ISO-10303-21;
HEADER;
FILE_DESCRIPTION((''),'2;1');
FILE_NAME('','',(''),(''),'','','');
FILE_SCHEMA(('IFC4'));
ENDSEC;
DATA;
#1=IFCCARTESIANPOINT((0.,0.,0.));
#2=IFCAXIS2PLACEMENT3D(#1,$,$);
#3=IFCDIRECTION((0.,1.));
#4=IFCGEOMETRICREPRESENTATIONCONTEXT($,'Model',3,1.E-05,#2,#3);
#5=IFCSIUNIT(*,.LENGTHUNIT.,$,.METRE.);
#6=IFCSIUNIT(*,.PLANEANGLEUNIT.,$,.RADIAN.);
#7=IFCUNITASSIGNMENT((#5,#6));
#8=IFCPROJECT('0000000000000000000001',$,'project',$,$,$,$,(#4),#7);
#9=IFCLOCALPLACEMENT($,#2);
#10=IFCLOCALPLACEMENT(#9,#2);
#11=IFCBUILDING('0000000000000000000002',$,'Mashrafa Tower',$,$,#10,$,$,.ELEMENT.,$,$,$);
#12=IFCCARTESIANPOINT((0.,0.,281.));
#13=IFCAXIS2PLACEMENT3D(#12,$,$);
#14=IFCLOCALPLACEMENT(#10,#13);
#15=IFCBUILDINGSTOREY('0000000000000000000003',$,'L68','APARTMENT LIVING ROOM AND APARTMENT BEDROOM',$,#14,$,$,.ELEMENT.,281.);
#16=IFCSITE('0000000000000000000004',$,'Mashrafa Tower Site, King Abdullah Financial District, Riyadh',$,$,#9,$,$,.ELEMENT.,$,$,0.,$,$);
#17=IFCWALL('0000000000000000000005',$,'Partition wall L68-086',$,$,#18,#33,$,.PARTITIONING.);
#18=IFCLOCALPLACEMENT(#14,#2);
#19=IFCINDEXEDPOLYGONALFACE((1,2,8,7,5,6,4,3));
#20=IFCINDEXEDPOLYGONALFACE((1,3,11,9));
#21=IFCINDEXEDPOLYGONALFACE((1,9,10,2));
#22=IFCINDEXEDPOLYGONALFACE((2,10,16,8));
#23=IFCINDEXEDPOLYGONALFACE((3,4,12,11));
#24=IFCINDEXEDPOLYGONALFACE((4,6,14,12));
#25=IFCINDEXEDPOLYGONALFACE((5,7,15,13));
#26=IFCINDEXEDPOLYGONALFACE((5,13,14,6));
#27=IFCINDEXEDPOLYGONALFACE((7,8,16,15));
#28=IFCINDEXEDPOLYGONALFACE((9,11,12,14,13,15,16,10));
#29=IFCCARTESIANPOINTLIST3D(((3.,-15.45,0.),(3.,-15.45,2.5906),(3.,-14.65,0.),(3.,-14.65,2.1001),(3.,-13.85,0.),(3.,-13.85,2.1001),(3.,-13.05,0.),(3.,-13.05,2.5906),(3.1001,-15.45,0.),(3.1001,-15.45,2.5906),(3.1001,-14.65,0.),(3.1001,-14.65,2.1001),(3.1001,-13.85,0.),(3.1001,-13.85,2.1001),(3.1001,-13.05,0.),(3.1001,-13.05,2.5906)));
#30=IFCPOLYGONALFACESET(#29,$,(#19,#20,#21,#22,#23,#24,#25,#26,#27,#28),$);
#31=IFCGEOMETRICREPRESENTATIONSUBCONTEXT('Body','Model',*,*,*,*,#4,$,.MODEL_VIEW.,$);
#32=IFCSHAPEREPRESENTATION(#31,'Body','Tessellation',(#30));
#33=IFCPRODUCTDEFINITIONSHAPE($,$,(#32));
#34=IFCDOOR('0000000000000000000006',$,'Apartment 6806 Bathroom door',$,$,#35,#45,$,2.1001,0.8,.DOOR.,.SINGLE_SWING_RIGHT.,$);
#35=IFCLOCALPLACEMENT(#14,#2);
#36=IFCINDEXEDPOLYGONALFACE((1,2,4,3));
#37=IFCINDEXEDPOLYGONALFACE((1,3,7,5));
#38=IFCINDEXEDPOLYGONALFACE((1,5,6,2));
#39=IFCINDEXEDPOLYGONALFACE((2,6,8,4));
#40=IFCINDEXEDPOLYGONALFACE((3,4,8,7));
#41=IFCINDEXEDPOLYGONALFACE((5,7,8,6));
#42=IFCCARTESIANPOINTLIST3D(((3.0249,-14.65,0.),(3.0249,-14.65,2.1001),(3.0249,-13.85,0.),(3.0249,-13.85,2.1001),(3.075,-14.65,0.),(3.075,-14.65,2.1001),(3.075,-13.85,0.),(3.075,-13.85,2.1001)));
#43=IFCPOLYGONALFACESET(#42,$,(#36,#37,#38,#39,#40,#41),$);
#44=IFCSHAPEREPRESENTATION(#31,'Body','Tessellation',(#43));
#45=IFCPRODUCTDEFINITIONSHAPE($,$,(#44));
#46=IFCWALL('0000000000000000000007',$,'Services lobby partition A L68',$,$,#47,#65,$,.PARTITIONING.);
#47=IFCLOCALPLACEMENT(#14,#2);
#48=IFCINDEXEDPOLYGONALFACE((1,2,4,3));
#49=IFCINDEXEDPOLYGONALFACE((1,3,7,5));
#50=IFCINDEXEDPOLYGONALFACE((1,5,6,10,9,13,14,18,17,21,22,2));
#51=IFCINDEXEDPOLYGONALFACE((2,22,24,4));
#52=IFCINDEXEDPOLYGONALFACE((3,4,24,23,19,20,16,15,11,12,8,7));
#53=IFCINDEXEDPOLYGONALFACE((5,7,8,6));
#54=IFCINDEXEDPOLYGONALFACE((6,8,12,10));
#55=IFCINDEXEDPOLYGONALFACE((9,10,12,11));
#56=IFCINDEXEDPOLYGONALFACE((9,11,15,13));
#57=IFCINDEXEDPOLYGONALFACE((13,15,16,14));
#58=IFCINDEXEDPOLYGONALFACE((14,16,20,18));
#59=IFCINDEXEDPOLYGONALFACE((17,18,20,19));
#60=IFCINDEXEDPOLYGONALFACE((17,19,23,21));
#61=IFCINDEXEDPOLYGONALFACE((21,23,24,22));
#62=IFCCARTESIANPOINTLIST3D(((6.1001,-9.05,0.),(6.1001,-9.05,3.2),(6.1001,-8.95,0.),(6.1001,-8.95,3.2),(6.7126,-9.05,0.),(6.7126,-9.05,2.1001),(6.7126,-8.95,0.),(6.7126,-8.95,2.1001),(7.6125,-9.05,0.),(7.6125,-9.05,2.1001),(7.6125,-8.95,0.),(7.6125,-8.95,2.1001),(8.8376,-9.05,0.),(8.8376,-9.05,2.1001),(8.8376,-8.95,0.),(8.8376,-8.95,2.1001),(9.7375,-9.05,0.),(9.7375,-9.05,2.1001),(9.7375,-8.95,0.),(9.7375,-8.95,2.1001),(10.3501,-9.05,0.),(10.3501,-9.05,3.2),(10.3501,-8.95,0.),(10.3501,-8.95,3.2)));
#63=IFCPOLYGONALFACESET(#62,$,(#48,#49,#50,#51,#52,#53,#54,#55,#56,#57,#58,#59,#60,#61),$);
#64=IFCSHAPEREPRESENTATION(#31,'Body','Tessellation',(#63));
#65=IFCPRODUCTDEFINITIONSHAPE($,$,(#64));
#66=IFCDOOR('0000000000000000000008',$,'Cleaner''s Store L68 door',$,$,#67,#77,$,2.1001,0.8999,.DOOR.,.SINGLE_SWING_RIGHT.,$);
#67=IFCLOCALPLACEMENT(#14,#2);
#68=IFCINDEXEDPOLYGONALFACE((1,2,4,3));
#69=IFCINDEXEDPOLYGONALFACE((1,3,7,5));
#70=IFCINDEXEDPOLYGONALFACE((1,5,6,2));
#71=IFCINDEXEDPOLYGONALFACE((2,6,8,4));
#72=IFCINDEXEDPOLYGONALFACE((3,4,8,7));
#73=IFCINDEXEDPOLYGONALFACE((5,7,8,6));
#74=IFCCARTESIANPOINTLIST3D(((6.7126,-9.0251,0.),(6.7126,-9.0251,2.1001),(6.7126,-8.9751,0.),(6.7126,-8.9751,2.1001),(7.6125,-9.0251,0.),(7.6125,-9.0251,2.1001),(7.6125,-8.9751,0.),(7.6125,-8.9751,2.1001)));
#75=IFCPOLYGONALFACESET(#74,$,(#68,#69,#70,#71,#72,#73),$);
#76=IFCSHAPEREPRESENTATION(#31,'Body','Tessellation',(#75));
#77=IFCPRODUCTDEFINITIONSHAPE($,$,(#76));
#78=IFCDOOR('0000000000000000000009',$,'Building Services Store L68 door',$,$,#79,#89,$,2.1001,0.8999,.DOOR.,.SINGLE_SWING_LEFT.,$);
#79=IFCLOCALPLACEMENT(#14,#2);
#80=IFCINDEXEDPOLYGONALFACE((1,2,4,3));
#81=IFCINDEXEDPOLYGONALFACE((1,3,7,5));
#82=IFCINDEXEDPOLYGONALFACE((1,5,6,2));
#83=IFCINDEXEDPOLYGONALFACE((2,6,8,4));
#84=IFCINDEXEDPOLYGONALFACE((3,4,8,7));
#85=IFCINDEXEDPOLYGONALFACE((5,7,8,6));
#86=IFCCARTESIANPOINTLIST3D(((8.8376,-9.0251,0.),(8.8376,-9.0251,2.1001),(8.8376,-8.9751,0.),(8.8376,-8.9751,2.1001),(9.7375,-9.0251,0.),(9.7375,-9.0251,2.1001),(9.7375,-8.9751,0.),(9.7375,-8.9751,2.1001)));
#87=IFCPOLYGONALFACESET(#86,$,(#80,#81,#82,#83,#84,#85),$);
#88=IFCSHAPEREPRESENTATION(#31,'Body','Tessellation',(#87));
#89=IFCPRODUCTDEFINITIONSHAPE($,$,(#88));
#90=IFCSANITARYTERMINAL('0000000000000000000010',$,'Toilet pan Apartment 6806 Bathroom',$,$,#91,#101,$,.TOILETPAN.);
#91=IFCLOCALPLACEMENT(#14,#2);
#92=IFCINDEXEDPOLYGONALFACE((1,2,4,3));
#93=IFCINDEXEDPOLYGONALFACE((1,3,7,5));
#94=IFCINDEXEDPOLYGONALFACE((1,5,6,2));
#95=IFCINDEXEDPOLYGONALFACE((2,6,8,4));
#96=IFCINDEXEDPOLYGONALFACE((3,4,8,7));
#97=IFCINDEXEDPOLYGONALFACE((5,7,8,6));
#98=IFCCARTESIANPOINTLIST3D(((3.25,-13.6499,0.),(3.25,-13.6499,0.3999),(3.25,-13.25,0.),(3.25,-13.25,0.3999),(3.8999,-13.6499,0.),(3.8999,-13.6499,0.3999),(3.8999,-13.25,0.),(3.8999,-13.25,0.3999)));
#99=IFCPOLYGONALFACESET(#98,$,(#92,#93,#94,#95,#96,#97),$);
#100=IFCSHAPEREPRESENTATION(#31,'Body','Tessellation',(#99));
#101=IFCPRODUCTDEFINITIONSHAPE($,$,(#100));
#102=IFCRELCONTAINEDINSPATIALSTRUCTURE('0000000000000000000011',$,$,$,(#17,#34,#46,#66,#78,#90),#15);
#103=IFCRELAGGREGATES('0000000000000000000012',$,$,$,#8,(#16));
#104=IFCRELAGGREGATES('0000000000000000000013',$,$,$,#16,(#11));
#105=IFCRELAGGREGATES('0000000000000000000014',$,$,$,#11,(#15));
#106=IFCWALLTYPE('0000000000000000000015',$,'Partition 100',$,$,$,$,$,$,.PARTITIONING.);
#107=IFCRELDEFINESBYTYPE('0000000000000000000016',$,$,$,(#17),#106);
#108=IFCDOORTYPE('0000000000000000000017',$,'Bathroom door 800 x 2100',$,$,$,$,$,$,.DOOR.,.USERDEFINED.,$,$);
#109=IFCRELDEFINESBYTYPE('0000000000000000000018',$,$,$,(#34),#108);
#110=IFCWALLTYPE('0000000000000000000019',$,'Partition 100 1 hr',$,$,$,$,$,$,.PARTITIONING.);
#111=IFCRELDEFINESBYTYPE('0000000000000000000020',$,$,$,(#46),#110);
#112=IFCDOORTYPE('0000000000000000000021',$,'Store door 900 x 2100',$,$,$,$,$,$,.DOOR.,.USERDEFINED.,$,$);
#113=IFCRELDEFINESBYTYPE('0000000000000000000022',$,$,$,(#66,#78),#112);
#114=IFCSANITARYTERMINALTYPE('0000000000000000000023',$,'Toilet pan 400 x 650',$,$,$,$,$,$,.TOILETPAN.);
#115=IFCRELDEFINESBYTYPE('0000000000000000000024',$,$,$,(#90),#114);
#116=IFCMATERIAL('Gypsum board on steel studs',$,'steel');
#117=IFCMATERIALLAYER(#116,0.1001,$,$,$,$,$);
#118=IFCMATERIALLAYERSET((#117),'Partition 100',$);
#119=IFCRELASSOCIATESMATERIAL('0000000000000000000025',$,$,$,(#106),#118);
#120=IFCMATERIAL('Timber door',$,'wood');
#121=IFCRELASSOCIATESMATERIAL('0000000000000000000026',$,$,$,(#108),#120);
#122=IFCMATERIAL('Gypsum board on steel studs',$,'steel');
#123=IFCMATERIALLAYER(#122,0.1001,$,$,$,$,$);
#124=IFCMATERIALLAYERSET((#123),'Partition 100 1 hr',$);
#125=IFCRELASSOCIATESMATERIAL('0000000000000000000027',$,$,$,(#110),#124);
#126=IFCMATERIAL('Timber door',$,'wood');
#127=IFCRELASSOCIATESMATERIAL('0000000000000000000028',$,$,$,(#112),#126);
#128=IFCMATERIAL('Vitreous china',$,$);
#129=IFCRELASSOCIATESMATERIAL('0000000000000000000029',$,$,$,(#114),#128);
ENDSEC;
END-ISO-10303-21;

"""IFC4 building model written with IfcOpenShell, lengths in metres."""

from ifc_helpers import new_model, si_unit, direction, frame, frame_2d, origin, origin_2d, place, context, subcontext, project, spatial, rectangle, extrude, material, layer, layer_set, type_object, element, fill, save


model = new_model("IFC4")

# Units and contexts
model_context = context("Model", 3, precision=1e-05, world=origin(), true_north=direction((0.0, 1.0)))
body_context = subcontext(model_context, "Body", "Model", "MODEL_VIEW")
ifc_project = project(units=[si_unit("LENGTHUNIT", "METRE"), si_unit("PLANEANGLEUNIT", "RADIAN")], contexts=[model_context])

# Site, building, storey
site_placement = place(None, origin())
site = spatial("IfcSite", under=ifc_project, at=site_placement, Name="Mashrafa Tower Site, King Abdullah Financial District, Riyadh", CompositionType="ELEMENT", RefElevation=0.0)
building_placement = place(site_placement, origin())
building = spatial("IfcBuilding", under=site, at=building_placement, Name="Mashrafa Tower", CompositionType="ELEMENT")
storey_placement = place(building_placement, frame((0.0, 0.0, 281.0)))
storey = spatial("IfcBuildingStorey", under=building, at=storey_placement, Name="L68", Description="APARTMENT LIVING ROOM AND APARTMENT BEDROOM", CompositionType="ELEMENT", Elevation=281.0)

# Shared definitions
ifc_material_1 = material(Name="Gypsum board on steel studs", Category="steel")
ifc_layer_1 = layer(ifc_material_1, 0.1001)
ifc_layer_set_1 = layer_set([ifc_layer_1], Name="Partition 100")
wall_type_1 = type_object("IfcWallType", Name="Partition 100", PredefinedType="PARTITIONING", material=ifc_layer_set_1)

# Wall, opening, door
wall_1_placement = place(storey_placement, frame((3.05, -13.05, 0.0), z_axis=(0.0, 0.0, 1.0), x_axis=(0.0, -1.0, 0.0)))
wall_1 = element("IfcWall", 1, at=wall_1_placement, inside=storey, type_object=wall_type_1, Name="Partition wall L68-086", PredefinedType="PARTITIONING", context=body_context, shape_type="SweptSolid", body=[
    extrude(rectangle(XDim=2.3999, YDim=0.1001, at=frame_2d((1.2, 0.0))), origin(), (0.0, 0.0, 1.0), 2.5906),
])
opening_1_placement = place(wall_1_placement, frame((0.8, 0.0, 0.0)))
opening_1 = element("IfcOpeningElement", 2, at=opening_1_placement, cuts=wall_1, PredefinedType="OPENING", context=body_context, shape_type="SweptSolid", body=[
    extrude(rectangle(XDim=0.8, YDim=2.1001, at=frame_2d((0.3999, 1.05))), frame((0.0, 0.0601, 0.0), z_axis=(0.0, -1.0, 0.0), x_axis=(1.0, 0.0, 0.0)), (0.0, 0.0, 1.0), 0.1201),
])
ifc_material_2 = material(Name="Timber door", Category="wood")
door_type_1 = type_object("IfcDoorType", Name="Bathroom door 800 x 2100", OperationType="USERDEFINED", PredefinedType="DOOR", material=ifc_material_2)
door_1_placement = place(opening_1_placement, origin())
door_1 = element("IfcDoor", 3, at=door_1_placement, inside=storey, type_object=door_type_1, Name="Apartment 6806 Bathroom door", OperationType="SINGLE_SWING_RIGHT", OverallHeight=2.1001, OverallWidth=0.8, PredefinedType="DOOR", context=body_context, shape_type="SweptSolid", body=[
    extrude(rectangle(XDim=0.8, YDim=2.1001, at=frame_2d((0.3999, 1.05))), frame((0.0, 0.0249, 0.0), z_axis=(0.0, -1.0, 0.0), x_axis=(1.0, 0.0, 0.0)), (0.0, 0.0, 1.0), 0.05),
])
fill(opening_1, door_1)

# Wall, openings, doors
ifc_material_3 = material(Name="Gypsum board on steel studs", Category="steel")
ifc_layer_2 = layer(ifc_material_3, 0.1001)
ifc_layer_set_2 = layer_set([ifc_layer_2], Name="Partition 100 1 hr")
wall_type_2 = type_object("IfcWallType", Name="Partition 100 1 hr", PredefinedType="PARTITIONING", material=ifc_layer_set_2)
wall_2_placement = place(storey_placement, frame((6.1001, -9.0, 0.0), z_axis=(0.0, 0.0, 1.0), x_axis=(1.0, 0.0, 0.0)))
wall_2 = element("IfcWall", 4, at=wall_2_placement, inside=storey, type_object=wall_type_2, Name="Services lobby partition A L68", PredefinedType="PARTITIONING", context=body_context, shape_type="SweptSolid", body=[
    extrude(rectangle(XDim=4.25, YDim=0.1001, at=frame_2d((2.125, 0.0))), origin(), (0.0, 0.0, 1.0), 3.2),
])
opening_2_placement = place(wall_2_placement, frame((0.6125, 0.0, 0.0)))
opening_2 = element("IfcOpeningElement", 5, at=opening_2_placement, cuts=wall_2, PredefinedType="OPENING", context=body_context, shape_type="SweptSolid", body=[
    extrude(rectangle(XDim=0.8999, YDim=2.1001, at=frame_2d((0.45, 1.05))), frame((0.0, 0.0601, 0.0), z_axis=(0.0, -1.0, 0.0), x_axis=(1.0, 0.0, 0.0)), (0.0, 0.0, 1.0), 0.1201),
])
opening_3_placement = place(wall_2_placement, frame((2.7375, 0.0, 0.0)))
opening_3 = element("IfcOpeningElement", 6, at=opening_3_placement, cuts=wall_2, PredefinedType="OPENING", context=body_context, shape_type="SweptSolid", body=[
    extrude(rectangle(XDim=0.8999, YDim=2.1001, at=frame_2d((0.45, 1.05))), frame((0.0, 0.0601, 0.0), z_axis=(0.0, -1.0, 0.0), x_axis=(1.0, 0.0, 0.0)), (0.0, 0.0, 1.0), 0.1201),
])
ifc_material_4 = material(Name="Timber door", Category="wood")
door_type_2 = type_object("IfcDoorType", Name="Store door 900 x 2100", OperationType="USERDEFINED", PredefinedType="DOOR", material=ifc_material_4)
door_2_placement = place(opening_2_placement, origin())
door_2 = element("IfcDoor", 7, at=door_2_placement, inside=storey, type_object=door_type_2, Name="Cleaner's Store L68 door", OperationType="SINGLE_SWING_RIGHT", OverallHeight=2.1001, OverallWidth=0.8999, PredefinedType="DOOR", context=body_context, shape_type="SweptSolid", body=[
    extrude(rectangle(XDim=0.8999, YDim=2.1001, at=frame_2d((0.45, 1.05))), frame((0.0, 0.0249, 0.0), z_axis=(0.0, -1.0, 0.0), x_axis=(1.0, 0.0, 0.0)), (0.0, 0.0, 1.0), 0.05),
])
fill(opening_2, door_2)
door_3_placement = place(opening_3_placement, origin())
door_3 = element("IfcDoor", 8, at=door_3_placement, inside=storey, type_object=door_type_2, Name="Building Services Store L68 door", OperationType="SINGLE_SWING_LEFT", OverallHeight=2.1001, OverallWidth=0.8999, PredefinedType="DOOR", context=body_context, shape_type="SweptSolid", body=[
    extrude(rectangle(XDim=0.8999, YDim=2.1001, at=frame_2d((0.45, 1.05))), frame((0.0, 0.0249, 0.0), z_axis=(0.0, -1.0, 0.0), x_axis=(1.0, 0.0, 0.0)), (0.0, 0.0, 1.0), 0.05),
])
fill(opening_3, door_3)

# Sanitary terminal
ifc_material_5 = material(Name="Vitreous china")
sanitary_terminal_type = type_object("IfcSanitaryTerminalType", Name="Toilet pan 400 x 650", PredefinedType="TOILETPAN", material=ifc_material_5)
sanitary_terminal_placement = place(storey_placement, frame((3.575, -13.45, 0.0), z_axis=(0.0, 0.0, 1.0), x_axis=(0.0, -1.0, 0.0)))
element("IfcSanitaryTerminal", 9, at=sanitary_terminal_placement, inside=storey, type_object=sanitary_terminal_type, Name="Toilet pan Apartment 6806 Bathroom", PredefinedType="TOILETPAN", context=body_context, shape_type="SweptSolid", body=[
    extrude(rectangle(XDim=0.3999, YDim=0.6499, at=origin_2d()), origin(), (0.0, 0.0, 1.0), 0.3999),
])

save(model, "model.ifc")
